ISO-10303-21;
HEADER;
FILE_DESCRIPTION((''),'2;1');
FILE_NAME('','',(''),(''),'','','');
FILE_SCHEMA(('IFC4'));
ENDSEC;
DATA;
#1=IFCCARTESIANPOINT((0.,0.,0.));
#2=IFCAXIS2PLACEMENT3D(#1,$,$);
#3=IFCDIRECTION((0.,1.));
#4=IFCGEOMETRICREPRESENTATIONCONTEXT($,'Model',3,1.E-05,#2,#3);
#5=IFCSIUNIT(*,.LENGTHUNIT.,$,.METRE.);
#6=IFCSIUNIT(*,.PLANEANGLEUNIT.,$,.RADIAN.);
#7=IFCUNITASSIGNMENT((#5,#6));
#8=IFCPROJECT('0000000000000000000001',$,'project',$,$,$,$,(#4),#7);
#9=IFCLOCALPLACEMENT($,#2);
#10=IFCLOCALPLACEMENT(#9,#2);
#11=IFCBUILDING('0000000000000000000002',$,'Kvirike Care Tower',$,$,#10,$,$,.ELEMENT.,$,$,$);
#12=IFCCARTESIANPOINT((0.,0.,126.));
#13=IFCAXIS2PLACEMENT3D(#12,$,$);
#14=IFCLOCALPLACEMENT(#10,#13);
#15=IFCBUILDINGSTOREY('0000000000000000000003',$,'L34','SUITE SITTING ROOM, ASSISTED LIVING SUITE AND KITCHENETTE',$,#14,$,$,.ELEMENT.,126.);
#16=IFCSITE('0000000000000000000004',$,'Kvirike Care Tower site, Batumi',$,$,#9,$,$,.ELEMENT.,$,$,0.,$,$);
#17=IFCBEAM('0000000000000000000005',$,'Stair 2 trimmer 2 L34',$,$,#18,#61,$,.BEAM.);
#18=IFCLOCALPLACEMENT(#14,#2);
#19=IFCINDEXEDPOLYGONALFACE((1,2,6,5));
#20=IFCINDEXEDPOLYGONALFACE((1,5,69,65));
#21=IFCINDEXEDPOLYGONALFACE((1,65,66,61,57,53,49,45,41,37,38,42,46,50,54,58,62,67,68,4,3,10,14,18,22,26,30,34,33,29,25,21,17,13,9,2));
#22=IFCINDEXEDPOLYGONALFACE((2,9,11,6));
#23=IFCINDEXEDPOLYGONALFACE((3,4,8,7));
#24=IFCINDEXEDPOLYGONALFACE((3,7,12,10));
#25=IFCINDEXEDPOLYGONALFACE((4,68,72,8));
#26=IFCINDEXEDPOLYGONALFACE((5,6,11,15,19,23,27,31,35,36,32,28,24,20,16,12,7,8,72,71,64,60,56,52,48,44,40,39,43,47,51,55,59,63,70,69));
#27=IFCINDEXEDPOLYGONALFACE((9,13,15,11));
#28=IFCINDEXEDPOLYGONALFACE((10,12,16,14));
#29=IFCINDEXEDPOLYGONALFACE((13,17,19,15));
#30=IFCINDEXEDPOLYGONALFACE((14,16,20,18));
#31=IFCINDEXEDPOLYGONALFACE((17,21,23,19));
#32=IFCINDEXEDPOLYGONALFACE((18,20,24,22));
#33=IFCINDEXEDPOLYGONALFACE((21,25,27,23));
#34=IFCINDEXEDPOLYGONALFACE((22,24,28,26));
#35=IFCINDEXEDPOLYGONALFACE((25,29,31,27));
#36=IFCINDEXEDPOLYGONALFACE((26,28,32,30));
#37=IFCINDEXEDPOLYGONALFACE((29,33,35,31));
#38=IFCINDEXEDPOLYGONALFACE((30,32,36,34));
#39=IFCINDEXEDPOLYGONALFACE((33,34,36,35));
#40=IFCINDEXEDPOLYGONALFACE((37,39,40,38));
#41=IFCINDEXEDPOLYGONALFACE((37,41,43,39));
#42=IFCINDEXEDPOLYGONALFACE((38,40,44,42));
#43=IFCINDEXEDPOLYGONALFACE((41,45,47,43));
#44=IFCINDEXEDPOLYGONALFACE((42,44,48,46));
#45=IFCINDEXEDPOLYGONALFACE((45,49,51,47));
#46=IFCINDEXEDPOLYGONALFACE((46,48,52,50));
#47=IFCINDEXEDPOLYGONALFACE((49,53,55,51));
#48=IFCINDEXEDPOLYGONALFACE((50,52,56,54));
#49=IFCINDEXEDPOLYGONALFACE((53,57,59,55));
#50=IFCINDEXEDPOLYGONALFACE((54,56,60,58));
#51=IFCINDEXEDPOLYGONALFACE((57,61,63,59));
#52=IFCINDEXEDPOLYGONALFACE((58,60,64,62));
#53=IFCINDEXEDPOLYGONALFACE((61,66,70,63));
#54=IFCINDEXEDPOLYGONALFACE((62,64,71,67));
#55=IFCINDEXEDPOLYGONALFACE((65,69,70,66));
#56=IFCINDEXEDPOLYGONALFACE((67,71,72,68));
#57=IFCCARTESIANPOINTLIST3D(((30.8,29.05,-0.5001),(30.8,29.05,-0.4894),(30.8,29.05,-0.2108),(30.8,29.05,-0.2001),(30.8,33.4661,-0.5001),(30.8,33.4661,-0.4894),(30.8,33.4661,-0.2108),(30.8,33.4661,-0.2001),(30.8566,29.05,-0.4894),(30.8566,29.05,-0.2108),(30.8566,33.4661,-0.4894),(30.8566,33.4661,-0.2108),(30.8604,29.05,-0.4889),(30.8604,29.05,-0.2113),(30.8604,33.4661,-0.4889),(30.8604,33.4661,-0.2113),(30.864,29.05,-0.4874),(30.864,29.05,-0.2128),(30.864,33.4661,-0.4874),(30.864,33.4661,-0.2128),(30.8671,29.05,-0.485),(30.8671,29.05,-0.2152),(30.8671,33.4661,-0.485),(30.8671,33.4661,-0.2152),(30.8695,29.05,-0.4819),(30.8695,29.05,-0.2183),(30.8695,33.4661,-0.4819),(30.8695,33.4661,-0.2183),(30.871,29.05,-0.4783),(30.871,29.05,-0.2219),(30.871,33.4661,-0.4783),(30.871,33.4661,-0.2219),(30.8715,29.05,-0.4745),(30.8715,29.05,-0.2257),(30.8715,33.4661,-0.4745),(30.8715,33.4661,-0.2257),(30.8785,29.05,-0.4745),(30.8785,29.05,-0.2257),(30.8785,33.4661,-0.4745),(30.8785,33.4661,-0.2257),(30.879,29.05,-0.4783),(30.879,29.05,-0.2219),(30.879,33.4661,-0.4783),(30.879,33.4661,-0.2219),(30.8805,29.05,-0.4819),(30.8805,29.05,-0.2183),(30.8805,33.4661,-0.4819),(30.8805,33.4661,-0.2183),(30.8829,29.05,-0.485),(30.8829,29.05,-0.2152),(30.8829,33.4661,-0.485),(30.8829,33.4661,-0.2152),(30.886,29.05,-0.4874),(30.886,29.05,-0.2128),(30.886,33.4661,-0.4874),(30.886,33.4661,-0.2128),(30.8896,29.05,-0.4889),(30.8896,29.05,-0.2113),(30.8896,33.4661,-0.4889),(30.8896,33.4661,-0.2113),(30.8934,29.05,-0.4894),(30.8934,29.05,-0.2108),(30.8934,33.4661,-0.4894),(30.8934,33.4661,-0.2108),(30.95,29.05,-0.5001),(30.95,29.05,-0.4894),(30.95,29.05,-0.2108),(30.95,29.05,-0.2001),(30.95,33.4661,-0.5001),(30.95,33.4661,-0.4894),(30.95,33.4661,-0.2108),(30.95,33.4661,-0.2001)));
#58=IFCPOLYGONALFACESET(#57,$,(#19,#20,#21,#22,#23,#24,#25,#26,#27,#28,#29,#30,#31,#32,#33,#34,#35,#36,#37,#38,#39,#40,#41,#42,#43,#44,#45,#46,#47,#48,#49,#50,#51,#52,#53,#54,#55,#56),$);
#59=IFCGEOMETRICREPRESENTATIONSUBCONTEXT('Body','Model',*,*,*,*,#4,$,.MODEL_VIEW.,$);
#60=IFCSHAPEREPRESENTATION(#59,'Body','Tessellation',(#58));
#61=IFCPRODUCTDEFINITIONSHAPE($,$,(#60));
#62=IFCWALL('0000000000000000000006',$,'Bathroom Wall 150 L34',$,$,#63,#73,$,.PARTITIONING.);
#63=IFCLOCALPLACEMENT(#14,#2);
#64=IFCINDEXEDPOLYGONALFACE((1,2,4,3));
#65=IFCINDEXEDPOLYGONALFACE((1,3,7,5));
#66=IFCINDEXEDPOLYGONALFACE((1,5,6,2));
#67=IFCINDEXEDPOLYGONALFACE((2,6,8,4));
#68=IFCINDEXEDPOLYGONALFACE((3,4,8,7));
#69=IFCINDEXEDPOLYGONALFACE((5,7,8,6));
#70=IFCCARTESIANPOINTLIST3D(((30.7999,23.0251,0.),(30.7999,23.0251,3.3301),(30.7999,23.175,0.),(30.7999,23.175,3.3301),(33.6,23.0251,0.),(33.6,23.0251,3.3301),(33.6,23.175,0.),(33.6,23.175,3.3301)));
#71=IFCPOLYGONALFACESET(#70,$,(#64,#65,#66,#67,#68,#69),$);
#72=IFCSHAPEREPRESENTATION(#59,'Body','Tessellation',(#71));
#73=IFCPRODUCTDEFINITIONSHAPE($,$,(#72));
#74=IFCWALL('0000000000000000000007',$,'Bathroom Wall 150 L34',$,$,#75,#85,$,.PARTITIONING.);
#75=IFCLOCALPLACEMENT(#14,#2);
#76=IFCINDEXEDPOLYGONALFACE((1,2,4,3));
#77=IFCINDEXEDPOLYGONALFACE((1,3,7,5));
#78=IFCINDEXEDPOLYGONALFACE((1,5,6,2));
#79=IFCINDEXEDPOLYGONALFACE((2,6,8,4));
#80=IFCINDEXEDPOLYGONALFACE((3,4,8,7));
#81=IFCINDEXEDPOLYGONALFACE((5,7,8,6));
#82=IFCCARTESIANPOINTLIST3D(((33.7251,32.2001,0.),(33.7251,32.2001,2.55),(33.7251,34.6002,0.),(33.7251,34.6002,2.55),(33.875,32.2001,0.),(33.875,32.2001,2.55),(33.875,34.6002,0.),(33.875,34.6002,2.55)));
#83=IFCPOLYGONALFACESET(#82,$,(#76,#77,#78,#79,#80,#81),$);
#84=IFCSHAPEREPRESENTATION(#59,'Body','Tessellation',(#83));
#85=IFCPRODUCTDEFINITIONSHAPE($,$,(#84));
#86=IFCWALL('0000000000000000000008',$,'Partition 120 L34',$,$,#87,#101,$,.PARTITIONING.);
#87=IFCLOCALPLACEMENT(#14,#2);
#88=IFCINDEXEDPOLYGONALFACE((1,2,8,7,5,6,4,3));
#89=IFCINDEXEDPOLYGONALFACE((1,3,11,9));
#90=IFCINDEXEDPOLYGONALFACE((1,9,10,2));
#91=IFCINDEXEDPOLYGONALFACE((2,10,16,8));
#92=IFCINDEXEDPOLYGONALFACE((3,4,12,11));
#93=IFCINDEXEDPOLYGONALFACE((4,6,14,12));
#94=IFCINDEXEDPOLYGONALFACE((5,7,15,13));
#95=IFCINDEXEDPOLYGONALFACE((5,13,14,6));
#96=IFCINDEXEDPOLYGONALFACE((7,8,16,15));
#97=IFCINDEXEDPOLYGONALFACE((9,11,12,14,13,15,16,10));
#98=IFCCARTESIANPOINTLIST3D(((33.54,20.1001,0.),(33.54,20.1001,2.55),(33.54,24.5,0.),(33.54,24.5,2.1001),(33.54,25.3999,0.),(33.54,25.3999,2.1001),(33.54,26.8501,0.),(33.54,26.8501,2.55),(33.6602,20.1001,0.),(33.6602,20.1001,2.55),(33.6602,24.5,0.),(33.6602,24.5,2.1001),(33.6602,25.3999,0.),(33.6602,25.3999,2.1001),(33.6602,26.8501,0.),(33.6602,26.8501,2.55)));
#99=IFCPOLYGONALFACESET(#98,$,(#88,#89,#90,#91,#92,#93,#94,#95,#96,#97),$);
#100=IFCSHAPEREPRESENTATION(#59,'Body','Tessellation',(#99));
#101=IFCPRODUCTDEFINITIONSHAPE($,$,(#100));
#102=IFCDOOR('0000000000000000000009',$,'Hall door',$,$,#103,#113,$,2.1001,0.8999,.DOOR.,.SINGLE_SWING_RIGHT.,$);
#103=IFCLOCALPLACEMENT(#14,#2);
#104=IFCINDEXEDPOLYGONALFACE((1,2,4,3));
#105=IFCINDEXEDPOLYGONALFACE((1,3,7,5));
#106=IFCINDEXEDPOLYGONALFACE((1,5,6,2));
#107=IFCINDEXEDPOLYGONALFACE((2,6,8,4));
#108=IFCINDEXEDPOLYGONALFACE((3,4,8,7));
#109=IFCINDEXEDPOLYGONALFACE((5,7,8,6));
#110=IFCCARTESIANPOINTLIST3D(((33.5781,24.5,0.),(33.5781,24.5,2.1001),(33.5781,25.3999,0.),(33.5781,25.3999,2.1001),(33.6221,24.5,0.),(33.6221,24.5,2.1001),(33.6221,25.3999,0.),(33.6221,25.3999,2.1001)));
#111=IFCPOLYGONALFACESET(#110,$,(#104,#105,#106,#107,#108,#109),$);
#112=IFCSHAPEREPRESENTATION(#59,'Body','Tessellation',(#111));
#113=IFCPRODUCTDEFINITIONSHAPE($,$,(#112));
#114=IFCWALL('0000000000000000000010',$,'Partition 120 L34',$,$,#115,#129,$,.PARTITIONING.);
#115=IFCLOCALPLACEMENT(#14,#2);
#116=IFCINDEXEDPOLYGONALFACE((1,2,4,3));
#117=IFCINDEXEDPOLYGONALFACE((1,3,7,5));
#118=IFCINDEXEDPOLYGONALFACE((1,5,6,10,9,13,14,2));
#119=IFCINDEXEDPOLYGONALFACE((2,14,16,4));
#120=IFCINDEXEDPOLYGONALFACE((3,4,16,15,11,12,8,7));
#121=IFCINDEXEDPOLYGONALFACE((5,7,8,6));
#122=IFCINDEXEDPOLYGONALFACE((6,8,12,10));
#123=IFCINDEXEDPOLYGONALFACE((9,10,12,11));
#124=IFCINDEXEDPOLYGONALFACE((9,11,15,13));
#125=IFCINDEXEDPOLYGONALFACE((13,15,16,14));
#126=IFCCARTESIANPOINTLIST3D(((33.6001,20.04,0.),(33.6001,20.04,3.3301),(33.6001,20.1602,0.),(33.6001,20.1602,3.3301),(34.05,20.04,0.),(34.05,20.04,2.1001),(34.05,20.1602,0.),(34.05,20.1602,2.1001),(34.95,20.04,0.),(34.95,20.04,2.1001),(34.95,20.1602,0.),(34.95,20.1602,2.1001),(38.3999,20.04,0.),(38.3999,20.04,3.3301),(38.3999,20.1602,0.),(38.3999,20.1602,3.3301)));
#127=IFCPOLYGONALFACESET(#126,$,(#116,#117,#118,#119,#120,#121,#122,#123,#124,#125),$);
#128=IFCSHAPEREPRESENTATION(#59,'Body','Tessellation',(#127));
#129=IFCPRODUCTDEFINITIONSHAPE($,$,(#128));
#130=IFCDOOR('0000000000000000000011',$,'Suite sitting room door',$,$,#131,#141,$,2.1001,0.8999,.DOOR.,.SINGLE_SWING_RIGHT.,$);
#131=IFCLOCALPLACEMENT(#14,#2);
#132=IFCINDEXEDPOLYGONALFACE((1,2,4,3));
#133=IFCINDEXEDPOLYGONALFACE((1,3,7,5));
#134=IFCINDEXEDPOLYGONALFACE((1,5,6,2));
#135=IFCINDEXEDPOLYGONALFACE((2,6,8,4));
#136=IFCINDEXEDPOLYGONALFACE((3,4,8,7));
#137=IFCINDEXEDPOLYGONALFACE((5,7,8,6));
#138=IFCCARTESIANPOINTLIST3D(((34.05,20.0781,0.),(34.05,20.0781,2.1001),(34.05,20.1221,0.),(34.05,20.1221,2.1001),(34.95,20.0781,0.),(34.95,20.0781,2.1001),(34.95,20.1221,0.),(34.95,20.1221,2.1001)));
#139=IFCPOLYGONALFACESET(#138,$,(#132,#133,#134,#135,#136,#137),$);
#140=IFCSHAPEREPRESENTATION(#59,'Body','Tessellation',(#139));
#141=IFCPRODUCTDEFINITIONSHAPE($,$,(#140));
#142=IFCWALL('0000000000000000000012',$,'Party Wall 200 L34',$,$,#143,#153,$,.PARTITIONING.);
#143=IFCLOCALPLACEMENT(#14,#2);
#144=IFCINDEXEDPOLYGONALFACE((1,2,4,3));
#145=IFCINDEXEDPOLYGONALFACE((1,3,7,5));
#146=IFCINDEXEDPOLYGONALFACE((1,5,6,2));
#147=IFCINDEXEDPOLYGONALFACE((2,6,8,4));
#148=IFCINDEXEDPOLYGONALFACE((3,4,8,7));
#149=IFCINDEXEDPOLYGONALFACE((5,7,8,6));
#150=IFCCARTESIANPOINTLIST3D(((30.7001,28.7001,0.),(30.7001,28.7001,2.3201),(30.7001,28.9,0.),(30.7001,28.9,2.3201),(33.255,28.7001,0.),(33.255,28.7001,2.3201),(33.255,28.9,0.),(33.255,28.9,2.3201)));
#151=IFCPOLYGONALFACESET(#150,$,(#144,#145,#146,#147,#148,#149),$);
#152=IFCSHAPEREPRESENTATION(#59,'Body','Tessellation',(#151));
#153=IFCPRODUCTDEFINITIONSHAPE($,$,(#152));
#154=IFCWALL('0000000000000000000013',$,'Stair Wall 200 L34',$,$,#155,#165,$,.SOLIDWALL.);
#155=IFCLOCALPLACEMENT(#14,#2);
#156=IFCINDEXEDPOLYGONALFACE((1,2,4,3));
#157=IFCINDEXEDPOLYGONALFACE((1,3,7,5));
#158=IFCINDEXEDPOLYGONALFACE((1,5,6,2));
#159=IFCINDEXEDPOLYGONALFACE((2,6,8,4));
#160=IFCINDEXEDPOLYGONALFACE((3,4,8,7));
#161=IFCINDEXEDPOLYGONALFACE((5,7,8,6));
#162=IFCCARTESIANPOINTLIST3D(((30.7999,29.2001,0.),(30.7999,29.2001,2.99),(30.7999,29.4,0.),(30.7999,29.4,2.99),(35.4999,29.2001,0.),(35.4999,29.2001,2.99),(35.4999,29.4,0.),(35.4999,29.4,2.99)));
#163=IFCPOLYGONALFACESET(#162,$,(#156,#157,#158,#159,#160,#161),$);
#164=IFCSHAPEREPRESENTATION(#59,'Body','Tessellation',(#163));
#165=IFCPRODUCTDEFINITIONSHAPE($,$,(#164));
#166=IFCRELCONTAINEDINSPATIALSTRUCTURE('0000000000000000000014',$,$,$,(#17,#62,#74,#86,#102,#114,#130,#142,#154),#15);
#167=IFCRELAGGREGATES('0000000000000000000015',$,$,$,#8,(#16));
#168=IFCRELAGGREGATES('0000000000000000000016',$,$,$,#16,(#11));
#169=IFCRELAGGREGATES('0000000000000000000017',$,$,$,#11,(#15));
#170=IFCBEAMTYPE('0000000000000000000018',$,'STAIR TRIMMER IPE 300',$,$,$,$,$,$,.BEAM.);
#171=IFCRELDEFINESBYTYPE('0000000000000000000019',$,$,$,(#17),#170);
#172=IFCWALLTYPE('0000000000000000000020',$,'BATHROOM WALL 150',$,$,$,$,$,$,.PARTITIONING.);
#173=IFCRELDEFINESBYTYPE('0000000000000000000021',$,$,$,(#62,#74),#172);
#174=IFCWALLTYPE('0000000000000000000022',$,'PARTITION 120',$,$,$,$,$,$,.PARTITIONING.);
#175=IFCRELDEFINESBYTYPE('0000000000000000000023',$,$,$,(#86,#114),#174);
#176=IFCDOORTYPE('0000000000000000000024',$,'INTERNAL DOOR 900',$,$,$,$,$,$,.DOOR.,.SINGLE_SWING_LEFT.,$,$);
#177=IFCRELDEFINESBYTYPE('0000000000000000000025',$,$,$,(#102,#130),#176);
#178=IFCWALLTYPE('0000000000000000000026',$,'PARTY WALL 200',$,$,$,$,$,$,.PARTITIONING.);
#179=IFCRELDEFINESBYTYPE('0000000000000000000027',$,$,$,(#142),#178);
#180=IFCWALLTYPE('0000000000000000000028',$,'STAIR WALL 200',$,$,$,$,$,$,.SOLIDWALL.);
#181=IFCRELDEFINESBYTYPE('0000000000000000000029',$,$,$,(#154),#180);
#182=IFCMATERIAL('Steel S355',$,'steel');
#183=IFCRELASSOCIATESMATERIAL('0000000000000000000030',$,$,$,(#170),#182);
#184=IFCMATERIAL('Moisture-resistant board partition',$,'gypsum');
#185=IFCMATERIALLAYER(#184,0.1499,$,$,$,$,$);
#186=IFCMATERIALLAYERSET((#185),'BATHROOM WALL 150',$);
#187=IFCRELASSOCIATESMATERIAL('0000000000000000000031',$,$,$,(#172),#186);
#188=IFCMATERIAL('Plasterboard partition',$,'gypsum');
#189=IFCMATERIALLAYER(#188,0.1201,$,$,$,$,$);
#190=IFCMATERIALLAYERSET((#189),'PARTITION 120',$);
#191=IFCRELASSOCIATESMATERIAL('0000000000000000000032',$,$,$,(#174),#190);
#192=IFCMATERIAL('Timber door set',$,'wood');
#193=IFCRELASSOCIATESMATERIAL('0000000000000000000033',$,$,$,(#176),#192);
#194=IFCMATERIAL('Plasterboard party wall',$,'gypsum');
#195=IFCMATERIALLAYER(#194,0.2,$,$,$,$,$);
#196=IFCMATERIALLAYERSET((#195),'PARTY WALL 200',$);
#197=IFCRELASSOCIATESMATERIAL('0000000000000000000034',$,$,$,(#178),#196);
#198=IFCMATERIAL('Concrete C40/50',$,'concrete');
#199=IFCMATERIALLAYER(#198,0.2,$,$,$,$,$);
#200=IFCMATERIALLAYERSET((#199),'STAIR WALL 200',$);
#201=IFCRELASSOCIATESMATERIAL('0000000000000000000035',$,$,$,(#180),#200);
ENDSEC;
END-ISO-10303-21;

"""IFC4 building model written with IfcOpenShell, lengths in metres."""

from ifc_helpers import new_model, si_unit, direction, frame, frame_2d, origin, origin_2d, place, context, subcontext, project, spatial, rectangle, i_section, extrude, material, layer, layer_set, material_profile, profile_set, type_object, element, fill, save


model = new_model("IFC4")

# Units and contexts
model_context = context("Model", 3, precision=1e-05, world=origin(), true_north=direction((0.0, 1.0)))
body_context = subcontext(model_context, "Body", "Model", "MODEL_VIEW")
ifc_project = project(units=[si_unit("LENGTHUNIT", "METRE"), si_unit("PLANEANGLEUNIT", "RADIAN")], contexts=[model_context])

# Site, building, storey
site_placement = place(None, origin())
site = spatial("IfcSite", under=ifc_project, at=site_placement, Name="Kvirike Care Tower site, Batumi", CompositionType="ELEMENT", RefElevation=0.0)
building_placement = place(site_placement, origin())
building = spatial("IfcBuilding", under=site, at=building_placement, Name="Kvirike Care Tower", CompositionType="ELEMENT")
storey_placement = place(building_placement, frame((0.0, 0.0, 126.0)))
storey = spatial("IfcBuildingStorey", under=building, at=storey_placement, Name="L34", Description="SUITE SITTING ROOM, ASSISTED LIVING SUITE AND KITCHENETTE", CompositionType="ELEMENT", Elevation=126.0)

# Beam
ifc_material_1 = material(Name="Steel S355", Category="steel")
ifc_material_profile_1 = material_profile(ifc_material_1, i_section(OverallWidth=0.1499, OverallDepth=0.3, WebThickness=0.0071, FlangeThickness=0.0107, FilletRadius=0.0149, at=origin_2d()), Name="IPE 300")
ifc_profile_set_1 = profile_set([ifc_material_profile_1], Name="Steel S355")
beam_type_1 = type_object("IfcBeamType", Name="STAIR TRIMMER IPE 300", PredefinedType="BEAM", material=ifc_profile_set_1)
for number, where, z_axis, x_axis, name in (
    (1, (30.875, 29.05, -0.3501), (0.0, 1.0, 0.0), (-1.0, 0.0, 0.0), "Stair 2 trimmer 2 L34"),
):
    element("IfcBeam", number, at=place(storey_placement, frame(where, z_axis=z_axis, x_axis=x_axis)), inside=storey, type_object=beam_type_1, Name=name, PredefinedType="BEAM", context=body_context, shape_type="SweptSolid", body=[
        extrude(i_section(OverallWidth=0.1499, OverallDepth=0.3, WebThickness=0.0071, FlangeThickness=0.0107, FilletRadius=0.0149, at=origin_2d()), origin(), (0.0, 0.0, 1.0), 4.416),
    ])

# Walls
ifc_material_2 = material(Name="Moisture-resistant board partition", Category="gypsum")
ifc_layer_1 = layer(ifc_material_2, 0.1499)
ifc_layer_set_1 = layer_set([ifc_layer_1], Name="BATHROOM WALL 150")
wall_type_1 = type_object("IfcWallType", Name="BATHROOM WALL 150", PredefinedType="PARTITIONING", material=ifc_layer_set_1)
wall_1_placement = place(storey_placement, frame((30.8, 23.1001, 0.0), z_axis=(0.0, 0.0, 1.0), x_axis=(1.0, 0.0, 0.0)))
element("IfcWall", 2, at=wall_1_placement, inside=storey, type_object=wall_type_1, Name="Bathroom Wall 150 L34", PredefinedType="PARTITIONING", context=body_context, shape_type="SweptSolid", body=[
    extrude(rectangle(XDim=2.8, YDim=0.1499, at=frame_2d((1.3999, 0.0))), origin(), (0.0, 0.0, 1.0), 3.3301),
])
wall_2_placement = place(storey_placement, frame((33.8, 32.2, 0.0), z_axis=(0.0, 0.0, 1.0), x_axis=(0.0, 1.0, 0.0)))
element("IfcWall", 3, at=wall_2_placement, inside=storey, type_object=wall_type_1, Name="Bathroom Wall 150 L34", PredefinedType="PARTITIONING", context=body_context, shape_type="SweptSolid", body=[
    extrude(rectangle(XDim=2.4001, YDim=0.1499, at=frame_2d((1.2002, 0.0))), origin(), (0.0, 0.0, 1.0), 2.55),
])

# Walls, openings, doors
ifc_material_3 = material(Name="Plasterboard partition", Category="gypsum")
ifc_layer_2 = layer(ifc_material_3, 0.1201)
ifc_layer_set_2 = layer_set([ifc_layer_2], Name="PARTITION 120")
wall_type_2 = type_object("IfcWallType", Name="PARTITION 120", PredefinedType="PARTITIONING", material=ifc_layer_set_2)
wall_3_placement = place(storey_placement, frame((33.6001, 20.1001, 0.0), z_axis=(0.0, 0.0, 1.0), x_axis=(0.0, 1.0, 0.0)))
wall_3 = element("IfcWall", 4, at=wall_3_placement, inside=storey, type_object=wall_type_2, Name="Partition 120 L34", PredefinedType="PARTITIONING", context=body_context, shape_type="SweptSolid", body=[
    extrude(rectangle(XDim=6.75, YDim=0.1201, at=frame_2d((3.375, 0.0))), origin(), (0.0, 0.0, 1.0), 2.55),
])
opening_1_placement = place(wall_3_placement, frame((4.3999, 0.0, 0.0)))
opening_1 = element("IfcOpeningElement", 5, at=opening_1_placement, cuts=wall_3, PredefinedType="OPENING", context=body_context, shape_type="SweptSolid", body=[
    extrude(rectangle(XDim=0.8999, YDim=2.1001, at=frame_2d((0.45, 1.05))), frame((0.0, 0.0706, 0.0), z_axis=(0.0, -1.0, 0.0), x_axis=(1.0, 0.0, 0.0)), (0.0, 0.0, 1.0), 0.1411),
])
ifc_material_4 = material(Name="Timber door set", Category="wood")
door_type = type_object("IfcDoorType", Name="INTERNAL DOOR 900", OperationType="SINGLE_SWING_LEFT", PredefinedType="DOOR", material=ifc_material_4)
door_1_placement = place(opening_1_placement, origin())
door_1 = element("IfcDoor", 6, at=door_1_placement, inside=storey, type_object=door_type, Name="Hall door", OperationType="SINGLE_SWING_RIGHT", OverallHeight=2.1001, OverallWidth=0.8999, PredefinedType="DOOR", context=body_context, shape_type="SweptSolid", body=[
    extrude(rectangle(XDim=0.8999, YDim=2.1001, at=frame_2d((0.45, 1.05))), frame((0.0, 0.022, 0.0), z_axis=(0.0, -1.0, 0.0), x_axis=(1.0, 0.0, 0.0)), (0.0, 0.0, 1.0), 0.0439),
])
fill(opening_1, door_1)
wall_4_placement = place(storey_placement, frame((33.6001, 20.1001, 0.0), z_axis=(0.0, 0.0, 1.0), x_axis=(1.0, 0.0, 0.0)))
wall_4 = element("IfcWall", 7, at=wall_4_placement, inside=storey, type_object=wall_type_2, Name="Partition 120 L34", PredefinedType="PARTITIONING", context=body_context, shape_type="SweptSolid", body=[
    extrude(rectangle(XDim=4.7998, YDim=0.1201, at=frame_2d((2.3999, 0.0))), origin(), (0.0, 0.0, 1.0), 3.3301),
])
opening_2_placement = place(wall_4_placement, frame((0.45, 0.0, 0.0)))
opening_2 = element("IfcOpeningElement", 8, at=opening_2_placement, cuts=wall_4, PredefinedType="OPENING", context=body_context, shape_type="SweptSolid", body=[
    extrude(rectangle(XDim=0.8999, YDim=2.1001, at=frame_2d((0.45, 1.05))), frame((0.0, 0.0706, 0.0), z_axis=(0.0, -1.0, 0.0), x_axis=(1.0, 0.0, 0.0)), (0.0, 0.0, 1.0), 0.1411),
])
door_2_placement = place(opening_2_placement, origin())
door_2 = element("IfcDoor", 9, at=door_2_placement, inside=storey, type_object=door_type, Name="Suite sitting room door", OperationType="SINGLE_SWING_RIGHT", OverallHeight=2.1001, OverallWidth=0.8999, PredefinedType="DOOR", context=body_context, shape_type="SweptSolid", body=[
    extrude(rectangle(XDim=0.8999, YDim=2.1001, at=frame_2d((0.45, 1.05))), frame((0.0, 0.022, 0.0), z_axis=(0.0, -1.0, 0.0), x_axis=(1.0, 0.0, 0.0)), (0.0, 0.0, 1.0), 0.0439),
])
fill(opening_2, door_2)

# Walls
ifc_material_5 = material(Name="Plasterboard party wall", Category="gypsum")
ifc_layer_3 = layer(ifc_material_5, 0.2)
ifc_layer_set_3 = layer_set([ifc_layer_3], Name="PARTY WALL 200")
wall_type_3 = type_object("IfcWallType", Name="PARTY WALL 200", PredefinedType="PARTITIONING", material=ifc_layer_set_3)
wall_5_placement = place(storey_placement, frame((33.2549, 28.8, 0.0), z_axis=(0.0, 0.0, 1.0), x_axis=(-1.0, 0.0, 0.0)))
element("IfcWall", 10, at=wall_5_placement, inside=storey, type_object=wall_type_3, Name="Party Wall 200 L34", PredefinedType="PARTITIONING", context=body_context, shape_type="SweptSolid", body=[
    extrude(rectangle(XDim=2.5549, YDim=0.2, at=frame_2d((1.2773, 0.0))), origin(), (0.0, 0.0, 1.0), 2.3201),
])
ifc_material_6 = material(Name="Concrete C40/50", Category="concrete")
ifc_layer_4 = layer(ifc_material_6, 0.2)
ifc_layer_set_4 = layer_set([ifc_layer_4], Name="STAIR WALL 200")
wall_type_4 = type_object("IfcWallType", Name="STAIR WALL 200", PredefinedType="SOLIDWALL", material=ifc_layer_set_4)
wall_6_placement = place(storey_placement, frame((35.5, 29.3, 0.0), z_axis=(0.0, 0.0, 1.0), x_axis=(-1.0, 0.0, 0.0)))
element("IfcWall", 11, at=wall_6_placement, inside=storey, type_object=wall_type_4, Name="Stair Wall 200 L34", PredefinedType="SOLIDWALL", context=body_context, shape_type="SweptSolid", body=[
    extrude(rectangle(XDim=4.7, YDim=0.2, at=frame_2d((2.3501, 0.0))), origin(), (0.0, 0.0, 1.0), 2.99),
])

save(model, "model.ifc")
